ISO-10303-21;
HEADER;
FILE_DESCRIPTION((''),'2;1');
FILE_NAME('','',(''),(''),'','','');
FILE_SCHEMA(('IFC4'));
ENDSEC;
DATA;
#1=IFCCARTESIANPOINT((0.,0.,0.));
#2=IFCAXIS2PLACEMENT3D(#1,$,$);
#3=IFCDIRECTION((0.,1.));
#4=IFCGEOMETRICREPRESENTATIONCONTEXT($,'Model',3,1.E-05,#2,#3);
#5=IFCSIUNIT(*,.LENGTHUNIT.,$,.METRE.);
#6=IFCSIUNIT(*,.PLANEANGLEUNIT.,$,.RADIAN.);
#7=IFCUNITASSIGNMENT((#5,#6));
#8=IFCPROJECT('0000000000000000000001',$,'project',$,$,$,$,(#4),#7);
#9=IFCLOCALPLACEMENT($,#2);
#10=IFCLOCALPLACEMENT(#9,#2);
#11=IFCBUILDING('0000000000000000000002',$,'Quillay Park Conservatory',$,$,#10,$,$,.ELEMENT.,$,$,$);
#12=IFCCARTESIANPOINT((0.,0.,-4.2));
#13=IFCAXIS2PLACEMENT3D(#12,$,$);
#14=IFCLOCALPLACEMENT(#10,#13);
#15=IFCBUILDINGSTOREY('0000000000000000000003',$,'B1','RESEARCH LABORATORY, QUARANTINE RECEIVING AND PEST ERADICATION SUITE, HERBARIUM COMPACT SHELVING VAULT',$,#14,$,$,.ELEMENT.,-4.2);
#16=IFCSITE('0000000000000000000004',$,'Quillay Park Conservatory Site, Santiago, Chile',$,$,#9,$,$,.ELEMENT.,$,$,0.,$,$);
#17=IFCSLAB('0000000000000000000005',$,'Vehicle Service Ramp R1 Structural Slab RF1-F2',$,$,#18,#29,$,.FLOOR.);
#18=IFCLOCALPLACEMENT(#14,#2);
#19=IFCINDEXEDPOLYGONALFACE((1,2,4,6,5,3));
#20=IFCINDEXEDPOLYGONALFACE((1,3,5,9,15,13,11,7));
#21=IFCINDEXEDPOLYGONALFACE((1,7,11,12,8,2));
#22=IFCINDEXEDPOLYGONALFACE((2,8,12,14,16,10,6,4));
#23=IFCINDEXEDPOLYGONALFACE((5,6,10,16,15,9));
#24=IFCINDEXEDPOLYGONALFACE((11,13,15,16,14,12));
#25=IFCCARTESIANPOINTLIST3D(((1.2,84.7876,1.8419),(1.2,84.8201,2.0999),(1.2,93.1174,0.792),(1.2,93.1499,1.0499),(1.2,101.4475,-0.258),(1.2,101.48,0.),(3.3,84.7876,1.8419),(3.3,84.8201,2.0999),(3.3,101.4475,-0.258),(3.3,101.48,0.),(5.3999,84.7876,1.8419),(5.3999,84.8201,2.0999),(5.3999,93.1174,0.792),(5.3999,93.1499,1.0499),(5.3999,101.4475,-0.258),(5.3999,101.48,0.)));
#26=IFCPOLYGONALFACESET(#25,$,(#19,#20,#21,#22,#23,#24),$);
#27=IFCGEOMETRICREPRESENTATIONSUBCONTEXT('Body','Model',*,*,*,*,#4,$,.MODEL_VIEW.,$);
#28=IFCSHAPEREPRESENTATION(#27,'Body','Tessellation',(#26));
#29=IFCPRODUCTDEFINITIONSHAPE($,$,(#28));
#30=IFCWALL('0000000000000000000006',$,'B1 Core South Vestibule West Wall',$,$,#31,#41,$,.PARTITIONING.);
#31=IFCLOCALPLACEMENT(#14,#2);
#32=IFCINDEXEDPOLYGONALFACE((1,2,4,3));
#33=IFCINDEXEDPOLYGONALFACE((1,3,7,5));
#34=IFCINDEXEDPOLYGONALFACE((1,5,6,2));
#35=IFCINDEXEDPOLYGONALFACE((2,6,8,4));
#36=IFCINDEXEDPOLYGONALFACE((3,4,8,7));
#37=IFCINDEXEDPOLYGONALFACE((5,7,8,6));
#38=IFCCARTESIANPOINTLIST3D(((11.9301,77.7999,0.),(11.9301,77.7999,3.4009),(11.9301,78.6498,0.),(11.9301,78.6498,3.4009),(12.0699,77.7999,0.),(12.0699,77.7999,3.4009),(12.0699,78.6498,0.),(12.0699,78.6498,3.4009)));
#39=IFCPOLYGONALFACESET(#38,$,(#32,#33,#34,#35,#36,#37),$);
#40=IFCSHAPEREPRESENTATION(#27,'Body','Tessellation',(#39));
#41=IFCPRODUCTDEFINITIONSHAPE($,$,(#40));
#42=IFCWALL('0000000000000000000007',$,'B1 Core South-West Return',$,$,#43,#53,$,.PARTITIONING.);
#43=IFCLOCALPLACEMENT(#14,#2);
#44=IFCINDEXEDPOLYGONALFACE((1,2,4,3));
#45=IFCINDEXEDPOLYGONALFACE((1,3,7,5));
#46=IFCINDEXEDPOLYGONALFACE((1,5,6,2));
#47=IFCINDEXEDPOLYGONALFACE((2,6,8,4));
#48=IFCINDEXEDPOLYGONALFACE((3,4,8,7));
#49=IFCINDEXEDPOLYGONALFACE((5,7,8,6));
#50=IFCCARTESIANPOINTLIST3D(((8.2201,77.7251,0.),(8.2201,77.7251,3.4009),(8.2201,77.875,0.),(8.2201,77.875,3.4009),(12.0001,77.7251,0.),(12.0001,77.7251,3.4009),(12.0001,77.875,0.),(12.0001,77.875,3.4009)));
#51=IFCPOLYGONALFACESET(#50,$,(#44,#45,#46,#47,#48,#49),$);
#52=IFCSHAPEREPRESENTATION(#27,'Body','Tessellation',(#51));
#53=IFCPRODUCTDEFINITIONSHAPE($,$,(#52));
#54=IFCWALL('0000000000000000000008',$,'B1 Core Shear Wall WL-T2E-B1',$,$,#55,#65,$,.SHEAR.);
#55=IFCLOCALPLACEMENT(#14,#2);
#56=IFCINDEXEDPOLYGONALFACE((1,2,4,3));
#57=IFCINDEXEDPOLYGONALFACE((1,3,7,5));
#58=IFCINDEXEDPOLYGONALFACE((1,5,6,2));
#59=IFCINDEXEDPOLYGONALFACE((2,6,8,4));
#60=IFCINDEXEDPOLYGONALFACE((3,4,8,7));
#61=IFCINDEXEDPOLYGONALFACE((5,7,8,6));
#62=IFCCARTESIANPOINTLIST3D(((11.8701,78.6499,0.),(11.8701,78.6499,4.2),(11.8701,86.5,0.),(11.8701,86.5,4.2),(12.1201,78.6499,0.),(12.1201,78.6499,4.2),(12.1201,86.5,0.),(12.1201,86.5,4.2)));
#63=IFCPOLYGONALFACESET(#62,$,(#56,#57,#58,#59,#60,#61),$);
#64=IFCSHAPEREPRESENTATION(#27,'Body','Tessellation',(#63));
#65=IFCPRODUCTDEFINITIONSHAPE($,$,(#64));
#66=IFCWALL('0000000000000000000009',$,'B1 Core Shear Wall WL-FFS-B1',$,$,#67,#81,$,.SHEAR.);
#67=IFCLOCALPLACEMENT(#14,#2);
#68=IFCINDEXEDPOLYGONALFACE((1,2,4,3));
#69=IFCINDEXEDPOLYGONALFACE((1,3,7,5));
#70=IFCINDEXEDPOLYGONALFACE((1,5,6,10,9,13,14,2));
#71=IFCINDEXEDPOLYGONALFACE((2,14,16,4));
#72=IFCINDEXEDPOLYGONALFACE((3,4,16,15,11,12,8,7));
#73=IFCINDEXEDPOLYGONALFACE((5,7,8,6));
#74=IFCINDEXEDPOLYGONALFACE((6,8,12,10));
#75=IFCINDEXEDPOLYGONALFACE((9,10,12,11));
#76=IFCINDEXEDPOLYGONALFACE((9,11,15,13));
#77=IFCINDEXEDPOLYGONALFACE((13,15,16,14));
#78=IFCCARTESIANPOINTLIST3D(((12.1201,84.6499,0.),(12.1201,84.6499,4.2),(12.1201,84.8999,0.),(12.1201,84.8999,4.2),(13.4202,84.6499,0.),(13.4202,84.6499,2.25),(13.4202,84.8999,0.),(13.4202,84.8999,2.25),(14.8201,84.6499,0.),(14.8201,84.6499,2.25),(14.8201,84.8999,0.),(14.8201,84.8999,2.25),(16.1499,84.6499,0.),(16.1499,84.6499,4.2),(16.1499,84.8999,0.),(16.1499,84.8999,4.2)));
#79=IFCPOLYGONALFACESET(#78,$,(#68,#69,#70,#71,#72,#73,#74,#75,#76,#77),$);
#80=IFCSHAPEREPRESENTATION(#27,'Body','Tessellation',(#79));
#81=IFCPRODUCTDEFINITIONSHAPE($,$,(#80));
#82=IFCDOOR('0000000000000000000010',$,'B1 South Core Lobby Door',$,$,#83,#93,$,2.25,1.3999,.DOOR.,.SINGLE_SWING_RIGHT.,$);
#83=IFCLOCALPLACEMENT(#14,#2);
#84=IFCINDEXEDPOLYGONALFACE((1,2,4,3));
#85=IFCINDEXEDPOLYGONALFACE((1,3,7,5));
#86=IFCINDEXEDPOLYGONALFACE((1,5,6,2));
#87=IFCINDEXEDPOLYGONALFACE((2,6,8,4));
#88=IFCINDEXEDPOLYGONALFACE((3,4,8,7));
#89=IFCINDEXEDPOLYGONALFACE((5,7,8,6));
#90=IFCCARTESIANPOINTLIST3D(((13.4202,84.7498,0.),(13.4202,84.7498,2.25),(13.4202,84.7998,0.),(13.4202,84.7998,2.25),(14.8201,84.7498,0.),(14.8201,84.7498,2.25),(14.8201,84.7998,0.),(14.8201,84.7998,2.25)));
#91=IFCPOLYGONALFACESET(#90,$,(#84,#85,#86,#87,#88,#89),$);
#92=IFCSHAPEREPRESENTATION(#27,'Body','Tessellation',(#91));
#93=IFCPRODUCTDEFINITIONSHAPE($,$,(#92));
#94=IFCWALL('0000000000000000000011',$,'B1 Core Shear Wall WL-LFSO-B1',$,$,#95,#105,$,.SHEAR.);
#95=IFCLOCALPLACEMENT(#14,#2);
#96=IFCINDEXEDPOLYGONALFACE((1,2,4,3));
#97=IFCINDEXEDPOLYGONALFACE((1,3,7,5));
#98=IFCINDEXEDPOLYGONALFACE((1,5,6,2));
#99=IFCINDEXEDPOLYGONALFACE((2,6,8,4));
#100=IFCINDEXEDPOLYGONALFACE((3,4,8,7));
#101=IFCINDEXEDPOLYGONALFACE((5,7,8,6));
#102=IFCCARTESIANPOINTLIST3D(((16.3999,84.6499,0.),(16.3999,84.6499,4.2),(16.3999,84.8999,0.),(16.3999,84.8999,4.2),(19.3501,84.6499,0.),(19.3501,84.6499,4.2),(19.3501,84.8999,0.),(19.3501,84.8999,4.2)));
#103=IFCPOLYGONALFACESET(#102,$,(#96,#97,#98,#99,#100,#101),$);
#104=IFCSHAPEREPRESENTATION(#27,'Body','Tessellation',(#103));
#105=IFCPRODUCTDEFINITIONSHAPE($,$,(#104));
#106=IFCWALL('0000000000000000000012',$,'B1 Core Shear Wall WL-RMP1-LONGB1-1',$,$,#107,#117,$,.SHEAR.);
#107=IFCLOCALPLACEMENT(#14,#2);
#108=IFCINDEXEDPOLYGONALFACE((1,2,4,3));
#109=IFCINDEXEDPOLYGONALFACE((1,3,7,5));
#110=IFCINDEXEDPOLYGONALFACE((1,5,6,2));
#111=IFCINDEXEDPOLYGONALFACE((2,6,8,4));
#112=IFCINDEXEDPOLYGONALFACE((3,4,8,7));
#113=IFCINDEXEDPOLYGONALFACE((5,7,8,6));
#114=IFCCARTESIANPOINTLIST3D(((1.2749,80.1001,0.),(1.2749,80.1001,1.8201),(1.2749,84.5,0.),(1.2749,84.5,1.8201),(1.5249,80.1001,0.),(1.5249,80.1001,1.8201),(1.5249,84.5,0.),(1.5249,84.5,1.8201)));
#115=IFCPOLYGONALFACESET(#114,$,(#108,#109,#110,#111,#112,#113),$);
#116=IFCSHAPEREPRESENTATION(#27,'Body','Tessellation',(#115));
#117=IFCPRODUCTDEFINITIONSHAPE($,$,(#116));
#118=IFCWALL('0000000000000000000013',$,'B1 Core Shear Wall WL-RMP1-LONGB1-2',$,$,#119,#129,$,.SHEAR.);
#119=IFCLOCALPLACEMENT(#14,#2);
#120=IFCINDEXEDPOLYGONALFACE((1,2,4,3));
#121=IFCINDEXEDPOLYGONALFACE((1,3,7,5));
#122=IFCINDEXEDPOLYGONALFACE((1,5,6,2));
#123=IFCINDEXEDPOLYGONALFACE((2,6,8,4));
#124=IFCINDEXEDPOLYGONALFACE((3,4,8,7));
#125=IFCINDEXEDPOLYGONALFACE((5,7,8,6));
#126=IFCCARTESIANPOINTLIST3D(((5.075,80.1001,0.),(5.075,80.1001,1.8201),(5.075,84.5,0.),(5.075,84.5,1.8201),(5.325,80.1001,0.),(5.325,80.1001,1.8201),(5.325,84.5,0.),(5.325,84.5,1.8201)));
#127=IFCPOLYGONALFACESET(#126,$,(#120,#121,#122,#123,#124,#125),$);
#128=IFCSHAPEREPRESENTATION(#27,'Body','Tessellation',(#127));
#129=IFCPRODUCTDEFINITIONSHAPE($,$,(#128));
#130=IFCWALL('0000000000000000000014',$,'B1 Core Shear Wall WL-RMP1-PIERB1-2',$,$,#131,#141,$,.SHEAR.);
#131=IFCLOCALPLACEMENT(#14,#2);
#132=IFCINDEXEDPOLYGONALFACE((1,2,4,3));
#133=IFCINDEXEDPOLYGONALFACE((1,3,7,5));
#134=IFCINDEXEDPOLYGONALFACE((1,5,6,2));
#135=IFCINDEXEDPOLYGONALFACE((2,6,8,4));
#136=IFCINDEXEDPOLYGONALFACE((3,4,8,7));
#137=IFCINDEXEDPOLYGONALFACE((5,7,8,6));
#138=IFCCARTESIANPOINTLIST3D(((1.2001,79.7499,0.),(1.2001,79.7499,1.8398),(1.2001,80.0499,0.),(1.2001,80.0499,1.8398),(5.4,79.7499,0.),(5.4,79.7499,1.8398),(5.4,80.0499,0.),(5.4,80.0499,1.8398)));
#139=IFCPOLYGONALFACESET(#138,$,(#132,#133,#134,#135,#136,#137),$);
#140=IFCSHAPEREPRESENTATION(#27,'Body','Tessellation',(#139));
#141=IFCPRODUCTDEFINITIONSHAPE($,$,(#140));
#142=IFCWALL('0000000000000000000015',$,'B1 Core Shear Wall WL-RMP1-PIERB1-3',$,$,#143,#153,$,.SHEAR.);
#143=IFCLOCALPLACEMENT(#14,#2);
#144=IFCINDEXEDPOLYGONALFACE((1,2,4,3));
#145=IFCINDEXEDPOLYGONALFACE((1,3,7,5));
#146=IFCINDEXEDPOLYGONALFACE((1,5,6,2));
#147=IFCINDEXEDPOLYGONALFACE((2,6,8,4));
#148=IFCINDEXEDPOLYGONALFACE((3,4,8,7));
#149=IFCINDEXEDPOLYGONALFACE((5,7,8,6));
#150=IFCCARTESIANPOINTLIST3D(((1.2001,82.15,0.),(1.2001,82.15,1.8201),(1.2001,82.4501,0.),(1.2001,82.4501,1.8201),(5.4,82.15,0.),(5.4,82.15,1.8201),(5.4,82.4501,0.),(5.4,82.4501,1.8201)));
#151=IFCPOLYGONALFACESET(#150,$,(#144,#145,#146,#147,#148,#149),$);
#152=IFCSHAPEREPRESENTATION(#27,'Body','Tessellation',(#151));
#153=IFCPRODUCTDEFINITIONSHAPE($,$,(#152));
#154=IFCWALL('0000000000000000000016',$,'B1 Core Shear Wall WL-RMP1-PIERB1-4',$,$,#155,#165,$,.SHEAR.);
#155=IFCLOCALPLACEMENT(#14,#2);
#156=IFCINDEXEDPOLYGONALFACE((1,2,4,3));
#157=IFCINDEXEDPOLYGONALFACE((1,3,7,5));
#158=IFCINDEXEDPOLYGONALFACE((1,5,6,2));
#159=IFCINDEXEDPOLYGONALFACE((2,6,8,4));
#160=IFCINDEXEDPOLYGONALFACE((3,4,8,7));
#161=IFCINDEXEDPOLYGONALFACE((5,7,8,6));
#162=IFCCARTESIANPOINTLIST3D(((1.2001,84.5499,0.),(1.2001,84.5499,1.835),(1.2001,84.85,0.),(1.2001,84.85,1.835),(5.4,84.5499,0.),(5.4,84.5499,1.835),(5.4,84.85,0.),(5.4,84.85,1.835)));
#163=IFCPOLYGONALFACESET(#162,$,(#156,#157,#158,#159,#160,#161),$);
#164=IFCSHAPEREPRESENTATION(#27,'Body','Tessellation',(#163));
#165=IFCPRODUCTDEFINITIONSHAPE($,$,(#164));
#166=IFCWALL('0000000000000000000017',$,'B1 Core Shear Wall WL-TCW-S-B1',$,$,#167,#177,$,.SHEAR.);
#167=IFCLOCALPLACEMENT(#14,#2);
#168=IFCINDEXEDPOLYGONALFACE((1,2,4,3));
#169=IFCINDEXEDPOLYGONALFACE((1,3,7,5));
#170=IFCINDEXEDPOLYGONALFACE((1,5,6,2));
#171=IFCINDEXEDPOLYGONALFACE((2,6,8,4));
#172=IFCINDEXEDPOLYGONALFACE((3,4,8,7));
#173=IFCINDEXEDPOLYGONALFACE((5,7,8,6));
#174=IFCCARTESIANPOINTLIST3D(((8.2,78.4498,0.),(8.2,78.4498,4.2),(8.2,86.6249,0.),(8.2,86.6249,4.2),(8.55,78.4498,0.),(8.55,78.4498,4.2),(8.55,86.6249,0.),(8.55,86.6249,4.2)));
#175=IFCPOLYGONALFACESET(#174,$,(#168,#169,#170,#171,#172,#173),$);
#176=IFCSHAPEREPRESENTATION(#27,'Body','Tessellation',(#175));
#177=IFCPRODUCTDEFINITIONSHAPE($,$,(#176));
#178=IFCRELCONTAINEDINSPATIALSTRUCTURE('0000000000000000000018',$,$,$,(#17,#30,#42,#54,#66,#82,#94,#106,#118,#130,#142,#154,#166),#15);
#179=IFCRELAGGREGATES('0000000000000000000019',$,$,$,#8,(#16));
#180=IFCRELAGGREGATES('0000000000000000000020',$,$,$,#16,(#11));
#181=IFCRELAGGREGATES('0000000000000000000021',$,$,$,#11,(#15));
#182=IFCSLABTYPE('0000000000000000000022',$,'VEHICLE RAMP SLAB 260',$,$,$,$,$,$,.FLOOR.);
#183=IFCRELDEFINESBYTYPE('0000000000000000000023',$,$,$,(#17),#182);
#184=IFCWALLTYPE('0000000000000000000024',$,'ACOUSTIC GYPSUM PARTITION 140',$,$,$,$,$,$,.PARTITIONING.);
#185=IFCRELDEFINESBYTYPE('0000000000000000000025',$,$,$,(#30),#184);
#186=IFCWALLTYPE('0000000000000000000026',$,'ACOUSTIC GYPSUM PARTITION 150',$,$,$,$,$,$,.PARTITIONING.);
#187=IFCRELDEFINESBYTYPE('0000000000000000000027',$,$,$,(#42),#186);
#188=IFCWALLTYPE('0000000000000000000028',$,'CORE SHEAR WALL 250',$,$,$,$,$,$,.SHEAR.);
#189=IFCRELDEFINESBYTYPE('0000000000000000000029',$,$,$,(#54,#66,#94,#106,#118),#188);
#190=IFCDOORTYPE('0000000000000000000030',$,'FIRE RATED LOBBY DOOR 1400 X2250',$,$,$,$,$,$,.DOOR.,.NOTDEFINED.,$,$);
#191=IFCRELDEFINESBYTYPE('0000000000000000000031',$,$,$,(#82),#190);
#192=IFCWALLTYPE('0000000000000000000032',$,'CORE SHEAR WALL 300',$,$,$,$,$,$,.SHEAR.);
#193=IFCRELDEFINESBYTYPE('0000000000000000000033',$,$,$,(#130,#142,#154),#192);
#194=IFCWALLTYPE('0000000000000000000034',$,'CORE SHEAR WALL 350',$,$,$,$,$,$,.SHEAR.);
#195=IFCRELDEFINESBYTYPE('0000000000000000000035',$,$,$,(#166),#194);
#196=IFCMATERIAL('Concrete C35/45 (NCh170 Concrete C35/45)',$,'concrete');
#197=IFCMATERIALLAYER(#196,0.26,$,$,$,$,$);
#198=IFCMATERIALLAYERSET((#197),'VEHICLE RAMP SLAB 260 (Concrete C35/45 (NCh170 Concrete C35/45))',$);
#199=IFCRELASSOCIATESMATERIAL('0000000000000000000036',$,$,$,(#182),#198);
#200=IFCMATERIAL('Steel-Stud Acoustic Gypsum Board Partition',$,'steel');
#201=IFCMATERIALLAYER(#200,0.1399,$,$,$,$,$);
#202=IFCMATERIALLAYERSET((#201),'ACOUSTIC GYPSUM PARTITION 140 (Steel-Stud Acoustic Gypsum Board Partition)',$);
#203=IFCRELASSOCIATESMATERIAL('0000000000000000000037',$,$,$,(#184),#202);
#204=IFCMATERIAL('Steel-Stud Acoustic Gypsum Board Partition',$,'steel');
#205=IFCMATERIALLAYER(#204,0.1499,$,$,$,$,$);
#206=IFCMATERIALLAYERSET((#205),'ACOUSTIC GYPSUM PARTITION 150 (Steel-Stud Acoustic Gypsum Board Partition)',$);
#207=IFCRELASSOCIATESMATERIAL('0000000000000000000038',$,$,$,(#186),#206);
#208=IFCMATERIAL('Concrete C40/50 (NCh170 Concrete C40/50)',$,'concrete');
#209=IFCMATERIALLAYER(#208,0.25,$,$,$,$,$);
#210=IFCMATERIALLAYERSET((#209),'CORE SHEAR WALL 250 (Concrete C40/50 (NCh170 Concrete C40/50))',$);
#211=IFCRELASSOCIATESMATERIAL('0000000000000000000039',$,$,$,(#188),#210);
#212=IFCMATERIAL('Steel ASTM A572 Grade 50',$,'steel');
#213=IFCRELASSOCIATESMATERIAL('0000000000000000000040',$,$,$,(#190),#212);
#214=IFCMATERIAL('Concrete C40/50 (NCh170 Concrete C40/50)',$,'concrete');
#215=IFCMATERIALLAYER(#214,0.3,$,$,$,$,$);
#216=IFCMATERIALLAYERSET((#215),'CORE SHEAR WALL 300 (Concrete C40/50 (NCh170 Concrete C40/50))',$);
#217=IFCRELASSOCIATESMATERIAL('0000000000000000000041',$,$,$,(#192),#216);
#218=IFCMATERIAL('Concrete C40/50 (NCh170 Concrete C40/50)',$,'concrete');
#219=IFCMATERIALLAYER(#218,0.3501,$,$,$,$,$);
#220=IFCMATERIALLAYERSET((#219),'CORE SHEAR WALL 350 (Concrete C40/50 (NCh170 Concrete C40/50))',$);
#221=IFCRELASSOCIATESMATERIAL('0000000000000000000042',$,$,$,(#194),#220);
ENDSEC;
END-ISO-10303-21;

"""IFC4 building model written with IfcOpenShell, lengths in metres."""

from ifc_helpers import new_model, si_unit, direction, frame, frame_2d, origin, place, context, subcontext, project, spatial, polyline, rectangle, outline, extrude, material, layer, layer_set, type_object, element, fill, save


model = new_model("IFC4")

# Units and contexts
model_context = context("Model", 3, precision=1e-05, world=origin(), true_north=direction((0.0, 1.0)))
body_context = subcontext(model_context, "Body", "Model", "MODEL_VIEW")
ifc_project = project(units=[si_unit("LENGTHUNIT", "METRE"), si_unit("PLANEANGLEUNIT", "RADIAN")], contexts=[model_context])

# Site, building, storey
site_placement = place(None, origin())
site = spatial("IfcSite", under=ifc_project, at=site_placement, Name="Quillay Park Conservatory Site, Santiago, Chile", CompositionType="ELEMENT", RefElevation=0.0)
building_placement = place(site_placement, origin())
building = spatial("IfcBuilding", under=site, at=building_placement, Name="Quillay Park Conservatory", CompositionType="ELEMENT")
storey_placement = place(building_placement, frame((0.0, 0.0, -4.2)))
storey = spatial("IfcBuildingStorey", under=building, at=storey_placement, Name="B1", Description="RESEARCH LABORATORY, QUARANTINE RECEIVING AND PEST ERADICATION SUITE, HERBARIUM COMPACT SHELVING VAULT", CompositionType="ELEMENT", Elevation=-4.2)

# Slab
ifc_material_1 = material(Name="Concrete C35/45 (NCh170 Concrete C35/45)", Category="concrete")
ifc_layer_1 = layer(ifc_material_1, 0.26)
ifc_layer_set_1 = layer_set([ifc_layer_1], Name="VEHICLE RAMP SLAB 260 (Concrete C35/45 (NCh170 Concrete C35/45))")
slab_type = type_object("IfcSlabType", Name="VEHICLE RAMP SLAB 260", PredefinedType="FLOOR", material=ifc_layer_set_1)
slab_placement = place(storey_placement, frame((1.2, 84.8201, 2.0999), z_axis=(0.0, 0.125053, 0.99215), x_axis=(1.0, 0.0, 0.0)))
element("IfcSlab", 1, at=slab_placement, inside=storey, type_object=slab_type, Name="Vehicle Service Ramp R1 Structural Slab RF1-F2", PredefinedType="FLOOR", context=body_context, shape_type="SweptSolid", body=[
    extrude(outline(polyline([(0.0, 0.0), (2.1001, 0.0), (4.2, 0.0), (4.2, 8.3957), (4.2, 16.7917), (2.1001, 16.7917), (0.0, 16.7917), (0.0, 8.3957), (0.0, 0.0)])), origin(), (0.0, 0.0, -1.0), 0.26),
])

# Walls
ifc_material_2 = material(Name="Steel-Stud Acoustic Gypsum Board Partition", Category="steel")
ifc_layer_2 = layer(ifc_material_2, 0.1399)
ifc_layer_set_2 = layer_set([ifc_layer_2], Name="ACOUSTIC GYPSUM PARTITION 140 (Steel-Stud Acoustic Gypsum Board Partition)")
wall_type_1 = type_object("IfcWallType", Name="ACOUSTIC GYPSUM PARTITION 140", PredefinedType="PARTITIONING", material=ifc_layer_set_2)
wall_1_placement = place(storey_placement, frame((12.0, 77.8, 0.0), z_axis=(0.0, 0.0, 1.0), x_axis=(0.0, 1.0, 0.0)))
element("IfcWall", 2, at=wall_1_placement, inside=storey, type_object=wall_type_1, Name="B1 Core South Vestibule West Wall", PredefinedType="PARTITIONING", context=body_context, shape_type="SweptSolid", body=[
    extrude(rectangle(XDim=0.8499, YDim=0.1399, at=frame_2d((0.4248, 0.0))), origin(), (0.0, 0.0, 1.0), 3.4009),
])
ifc_material_3 = material(Name="Steel-Stud Acoustic Gypsum Board Partition", Category="steel")
ifc_layer_3 = layer(ifc_material_3, 0.1499)
ifc_layer_set_3 = layer_set([ifc_layer_3], Name="ACOUSTIC GYPSUM PARTITION 150 (Steel-Stud Acoustic Gypsum Board Partition)")
wall_type_2 = type_object("IfcWallType", Name="ACOUSTIC GYPSUM PARTITION 150", PredefinedType="PARTITIONING", material=ifc_layer_set_3)
wall_2_placement = place(storey_placement, frame((8.22, 77.8, 0.0), z_axis=(0.0, 0.0, 1.0), x_axis=(1.0, 0.0, 0.0)))
element("IfcWall", 3, at=wall_2_placement, inside=storey, type_object=wall_type_2, Name="B1 Core South-West Return", PredefinedType="PARTITIONING", context=body_context, shape_type="SweptSolid", body=[
    extrude(rectangle(XDim=3.78, YDim=0.1499, at=frame_2d((1.8901, 0.0))), origin(), (0.0, 0.0, 1.0), 3.4009),
])
ifc_material_4 = material(Name="Concrete C40/50 (NCh170 Concrete C40/50)", Category="concrete")
ifc_layer_4 = layer(ifc_material_4, 0.25)
ifc_layer_set_4 = layer_set([ifc_layer_4], Name="CORE SHEAR WALL 250 (Concrete C40/50 (NCh170 Concrete C40/50))")
wall_type_3 = type_object("IfcWallType", Name="CORE SHEAR WALL 250", PredefinedType="SHEAR", material=ifc_layer_set_4)
wall_3_placement = place(storey_placement, frame((11.9951, 78.6499, 0.0), z_axis=(0.0, 0.0, 1.0), x_axis=(0.0, 1.0, 0.0)))
element("IfcWall", 4, at=wall_3_placement, inside=storey, type_object=wall_type_3, Name="B1 Core Shear Wall WL-T2E-B1", PredefinedType="SHEAR", context=body_context, shape_type="SweptSolid", body=[
    extrude(rectangle(XDim=7.8501, YDim=0.25, at=frame_2d((3.925, 0.0))), origin(), (0.0, 0.0, 1.0), 4.2),
])

# Wall, opening, door
wall_4_placement = place(storey_placement, frame((12.1201, 84.7749, 0.0), z_axis=(0.0, 0.0, 1.0), x_axis=(1.0, 0.0, 0.0)))
wall_4 = element("IfcWall", 5, at=wall_4_placement, inside=storey, type_object=wall_type_3, Name="B1 Core Shear Wall WL-FFS-B1", PredefinedType="SHEAR", context=body_context, shape_type="SweptSolid", body=[
    extrude(rectangle(XDim=4.0298, YDim=0.25, at=frame_2d((2.0149, 0.0))), origin(), (0.0, 0.0, 1.0), 4.2),
])
opening_1_placement = place(wall_4_placement, frame((1.3, 0.0, 0.0)))
opening_1 = element("IfcOpeningElement", 6, at=opening_1_placement, cuts=wall_4, PredefinedType="OPENING", context=body_context, shape_type="SweptSolid", body=[
    extrude(rectangle(XDim=1.3999, YDim=2.25, at=frame_2d((0.7, 1.125))), frame((0.0, 0.125, 0.0), z_axis=(0.0, -1.0, 0.0), x_axis=(1.0, 0.0, 0.0)), (0.0, 0.0, 1.0), 0.25),
])
ifc_material_5 = material(Name="Steel ASTM A572 Grade 50", Category="steel")
door_type_1 = type_object("IfcDoorType", Name="FIRE RATED LOBBY DOOR 1400 X2250", OperationType="NOTDEFINED", PredefinedType="DOOR", material=ifc_material_5)
door_1_placement = place(opening_1_placement, origin())
door_1 = element("IfcDoor", 7, at=door_1_placement, inside=storey, type_object=door_type_1, Name="B1 South Core Lobby Door", OperationType="SINGLE_SWING_RIGHT", OverallHeight=2.25, OverallWidth=1.3999, PredefinedType="DOOR", context=body_context, shape_type="SweptSolid", body=[
    extrude(rectangle(XDim=1.3999, YDim=2.25, at=frame_2d((0.7, 1.125))), frame((0.0, 0.0249, 0.0), z_axis=(0.0, -1.0, 0.0), x_axis=(1.0, 0.0, 0.0)), (0.0, 0.0, 1.0), 0.05),
])
fill(opening_1, door_1)

# Wall
wall_5_placement = place(storey_placement, frame((16.3999, 84.7749, 0.0), z_axis=(0.0, 0.0, 1.0), x_axis=(1.0, 0.0, 0.0)))
element("IfcWall", 8, at=wall_5_placement, inside=storey, type_object=wall_type_3, Name="B1 Core Shear Wall WL-LFSO-B1", PredefinedType="SHEAR", context=body_context, shape_type="SweptSolid", body=[
    extrude(rectangle(XDim=2.9502, YDim=0.25, at=frame_2d((1.4751, 0.0))), origin(), (0.0, 0.0, 1.0), 4.2),
])

# Walls
for number, where, z_axis, x_axis, name in (
    (9, (1.3999, 80.1001, 0.0), (0.0, 0.0, 1.0), (0.0, 1.0, 0.0), "B1 Core Shear Wall WL-RMP1-LONGB1-1"),
    (10, (5.2, 80.1001, 0.0), (0.0, 0.0, 1.0), (0.0, 1.0, 0.0), "B1 Core Shear Wall WL-RMP1-LONGB1-2"),
):
    element("IfcWall", number, at=place(storey_placement, frame(where, z_axis=z_axis, x_axis=x_axis)), inside=storey, type_object=wall_type_3, Name=name, PredefinedType="SHEAR", context=body_context, shape_type="SweptSolid", body=[
        extrude(rectangle(XDim=4.3999, YDim=0.25, at=frame_2d((2.2, 0.0))), origin(), (0.0, 0.0, 1.0), 1.8201),
    ])
ifc_material_6 = material(Name="Concrete C40/50 (NCh170 Concrete C40/50)", Category="concrete")
ifc_layer_5 = layer(ifc_material_6, 0.3)
ifc_layer_set_5 = layer_set([ifc_layer_5], Name="CORE SHEAR WALL 300 (Concrete C40/50 (NCh170 Concrete C40/50))")
wall_type_4 = type_object("IfcWallType", Name="CORE SHEAR WALL 300", PredefinedType="SHEAR", material=ifc_layer_set_5)
wall_6_placement = place(storey_placement, frame((1.2, 79.8999, 0.0), z_axis=(0.0, 0.0, 1.0), x_axis=(1.0, 0.0, 0.0)))
element("IfcWall", 11, at=wall_6_placement, inside=storey, type_object=wall_type_4, Name="B1 Core Shear Wall WL-RMP1-PIERB1-2", PredefinedType="SHEAR", context=body_context, shape_type="SweptSolid", body=[
    extrude(rectangle(XDim=4.2, YDim=0.3, at=frame_2d((2.1001, 0.0))), origin(), (0.0, 0.0, 1.0), 1.8398),
])
wall_7_placement = place(storey_placement, frame((1.2, 82.3, 0.0), z_axis=(0.0, 0.0, 1.0), x_axis=(1.0, 0.0, 0.0)))
element("IfcWall", 12, at=wall_7_placement, inside=storey, type_object=wall_type_4, Name="B1 Core Shear Wall WL-RMP1-PIERB1-3", PredefinedType="SHEAR", context=body_context, shape_type="SweptSolid", body=[
    extrude(rectangle(XDim=4.2, YDim=0.3, at=frame_2d((2.1001, 0.0))), origin(), (0.0, 0.0, 1.0), 1.8201),
])
wall_8_placement = place(storey_placement, frame((1.2, 84.7, 0.0), z_axis=(0.0, 0.0, 1.0), x_axis=(1.0, 0.0, 0.0)))
element("IfcWall", 13, at=wall_8_placement, inside=storey, type_object=wall_type_4, Name="B1 Core Shear Wall WL-RMP1-PIERB1-4", PredefinedType="SHEAR", context=body_context, shape_type="SweptSolid", body=[
    extrude(rectangle(XDim=4.2, YDim=0.3, at=frame_2d((2.1001, 0.0))), origin(), (0.0, 0.0, 1.0), 1.835),
])
ifc_material_7 = material(Name="Concrete C40/50 (NCh170 Concrete C40/50)", Category="concrete")
ifc_layer_6 = layer(ifc_material_7, 0.3501)
ifc_layer_set_6 = layer_set([ifc_layer_6], Name="CORE SHEAR WALL 350 (Concrete C40/50 (NCh170 Concrete C40/50))")
wall_type_5 = type_object("IfcWallType", Name="CORE SHEAR WALL 350", PredefinedType="SHEAR", material=ifc_layer_set_6)
wall_9_placement = place(storey_placement, frame((8.375, 78.45, 0.0), z_axis=(0.0, 0.0, 1.0), x_axis=(0.0, 1.0, 0.0)))
element("IfcWall", 14, at=wall_9_placement, inside=storey, type_object=wall_type_5, Name="B1 Core Shear Wall WL-TCW-S-B1", PredefinedType="SHEAR", context=body_context, shape_type="SweptSolid", body=[
    extrude(rectangle(XDim=8.175, YDim=0.3501, at=frame_2d((4.0874, 0.0))), origin(), (0.0, 0.0, 1.0), 4.2),
])

save(model, "model.ifc")
